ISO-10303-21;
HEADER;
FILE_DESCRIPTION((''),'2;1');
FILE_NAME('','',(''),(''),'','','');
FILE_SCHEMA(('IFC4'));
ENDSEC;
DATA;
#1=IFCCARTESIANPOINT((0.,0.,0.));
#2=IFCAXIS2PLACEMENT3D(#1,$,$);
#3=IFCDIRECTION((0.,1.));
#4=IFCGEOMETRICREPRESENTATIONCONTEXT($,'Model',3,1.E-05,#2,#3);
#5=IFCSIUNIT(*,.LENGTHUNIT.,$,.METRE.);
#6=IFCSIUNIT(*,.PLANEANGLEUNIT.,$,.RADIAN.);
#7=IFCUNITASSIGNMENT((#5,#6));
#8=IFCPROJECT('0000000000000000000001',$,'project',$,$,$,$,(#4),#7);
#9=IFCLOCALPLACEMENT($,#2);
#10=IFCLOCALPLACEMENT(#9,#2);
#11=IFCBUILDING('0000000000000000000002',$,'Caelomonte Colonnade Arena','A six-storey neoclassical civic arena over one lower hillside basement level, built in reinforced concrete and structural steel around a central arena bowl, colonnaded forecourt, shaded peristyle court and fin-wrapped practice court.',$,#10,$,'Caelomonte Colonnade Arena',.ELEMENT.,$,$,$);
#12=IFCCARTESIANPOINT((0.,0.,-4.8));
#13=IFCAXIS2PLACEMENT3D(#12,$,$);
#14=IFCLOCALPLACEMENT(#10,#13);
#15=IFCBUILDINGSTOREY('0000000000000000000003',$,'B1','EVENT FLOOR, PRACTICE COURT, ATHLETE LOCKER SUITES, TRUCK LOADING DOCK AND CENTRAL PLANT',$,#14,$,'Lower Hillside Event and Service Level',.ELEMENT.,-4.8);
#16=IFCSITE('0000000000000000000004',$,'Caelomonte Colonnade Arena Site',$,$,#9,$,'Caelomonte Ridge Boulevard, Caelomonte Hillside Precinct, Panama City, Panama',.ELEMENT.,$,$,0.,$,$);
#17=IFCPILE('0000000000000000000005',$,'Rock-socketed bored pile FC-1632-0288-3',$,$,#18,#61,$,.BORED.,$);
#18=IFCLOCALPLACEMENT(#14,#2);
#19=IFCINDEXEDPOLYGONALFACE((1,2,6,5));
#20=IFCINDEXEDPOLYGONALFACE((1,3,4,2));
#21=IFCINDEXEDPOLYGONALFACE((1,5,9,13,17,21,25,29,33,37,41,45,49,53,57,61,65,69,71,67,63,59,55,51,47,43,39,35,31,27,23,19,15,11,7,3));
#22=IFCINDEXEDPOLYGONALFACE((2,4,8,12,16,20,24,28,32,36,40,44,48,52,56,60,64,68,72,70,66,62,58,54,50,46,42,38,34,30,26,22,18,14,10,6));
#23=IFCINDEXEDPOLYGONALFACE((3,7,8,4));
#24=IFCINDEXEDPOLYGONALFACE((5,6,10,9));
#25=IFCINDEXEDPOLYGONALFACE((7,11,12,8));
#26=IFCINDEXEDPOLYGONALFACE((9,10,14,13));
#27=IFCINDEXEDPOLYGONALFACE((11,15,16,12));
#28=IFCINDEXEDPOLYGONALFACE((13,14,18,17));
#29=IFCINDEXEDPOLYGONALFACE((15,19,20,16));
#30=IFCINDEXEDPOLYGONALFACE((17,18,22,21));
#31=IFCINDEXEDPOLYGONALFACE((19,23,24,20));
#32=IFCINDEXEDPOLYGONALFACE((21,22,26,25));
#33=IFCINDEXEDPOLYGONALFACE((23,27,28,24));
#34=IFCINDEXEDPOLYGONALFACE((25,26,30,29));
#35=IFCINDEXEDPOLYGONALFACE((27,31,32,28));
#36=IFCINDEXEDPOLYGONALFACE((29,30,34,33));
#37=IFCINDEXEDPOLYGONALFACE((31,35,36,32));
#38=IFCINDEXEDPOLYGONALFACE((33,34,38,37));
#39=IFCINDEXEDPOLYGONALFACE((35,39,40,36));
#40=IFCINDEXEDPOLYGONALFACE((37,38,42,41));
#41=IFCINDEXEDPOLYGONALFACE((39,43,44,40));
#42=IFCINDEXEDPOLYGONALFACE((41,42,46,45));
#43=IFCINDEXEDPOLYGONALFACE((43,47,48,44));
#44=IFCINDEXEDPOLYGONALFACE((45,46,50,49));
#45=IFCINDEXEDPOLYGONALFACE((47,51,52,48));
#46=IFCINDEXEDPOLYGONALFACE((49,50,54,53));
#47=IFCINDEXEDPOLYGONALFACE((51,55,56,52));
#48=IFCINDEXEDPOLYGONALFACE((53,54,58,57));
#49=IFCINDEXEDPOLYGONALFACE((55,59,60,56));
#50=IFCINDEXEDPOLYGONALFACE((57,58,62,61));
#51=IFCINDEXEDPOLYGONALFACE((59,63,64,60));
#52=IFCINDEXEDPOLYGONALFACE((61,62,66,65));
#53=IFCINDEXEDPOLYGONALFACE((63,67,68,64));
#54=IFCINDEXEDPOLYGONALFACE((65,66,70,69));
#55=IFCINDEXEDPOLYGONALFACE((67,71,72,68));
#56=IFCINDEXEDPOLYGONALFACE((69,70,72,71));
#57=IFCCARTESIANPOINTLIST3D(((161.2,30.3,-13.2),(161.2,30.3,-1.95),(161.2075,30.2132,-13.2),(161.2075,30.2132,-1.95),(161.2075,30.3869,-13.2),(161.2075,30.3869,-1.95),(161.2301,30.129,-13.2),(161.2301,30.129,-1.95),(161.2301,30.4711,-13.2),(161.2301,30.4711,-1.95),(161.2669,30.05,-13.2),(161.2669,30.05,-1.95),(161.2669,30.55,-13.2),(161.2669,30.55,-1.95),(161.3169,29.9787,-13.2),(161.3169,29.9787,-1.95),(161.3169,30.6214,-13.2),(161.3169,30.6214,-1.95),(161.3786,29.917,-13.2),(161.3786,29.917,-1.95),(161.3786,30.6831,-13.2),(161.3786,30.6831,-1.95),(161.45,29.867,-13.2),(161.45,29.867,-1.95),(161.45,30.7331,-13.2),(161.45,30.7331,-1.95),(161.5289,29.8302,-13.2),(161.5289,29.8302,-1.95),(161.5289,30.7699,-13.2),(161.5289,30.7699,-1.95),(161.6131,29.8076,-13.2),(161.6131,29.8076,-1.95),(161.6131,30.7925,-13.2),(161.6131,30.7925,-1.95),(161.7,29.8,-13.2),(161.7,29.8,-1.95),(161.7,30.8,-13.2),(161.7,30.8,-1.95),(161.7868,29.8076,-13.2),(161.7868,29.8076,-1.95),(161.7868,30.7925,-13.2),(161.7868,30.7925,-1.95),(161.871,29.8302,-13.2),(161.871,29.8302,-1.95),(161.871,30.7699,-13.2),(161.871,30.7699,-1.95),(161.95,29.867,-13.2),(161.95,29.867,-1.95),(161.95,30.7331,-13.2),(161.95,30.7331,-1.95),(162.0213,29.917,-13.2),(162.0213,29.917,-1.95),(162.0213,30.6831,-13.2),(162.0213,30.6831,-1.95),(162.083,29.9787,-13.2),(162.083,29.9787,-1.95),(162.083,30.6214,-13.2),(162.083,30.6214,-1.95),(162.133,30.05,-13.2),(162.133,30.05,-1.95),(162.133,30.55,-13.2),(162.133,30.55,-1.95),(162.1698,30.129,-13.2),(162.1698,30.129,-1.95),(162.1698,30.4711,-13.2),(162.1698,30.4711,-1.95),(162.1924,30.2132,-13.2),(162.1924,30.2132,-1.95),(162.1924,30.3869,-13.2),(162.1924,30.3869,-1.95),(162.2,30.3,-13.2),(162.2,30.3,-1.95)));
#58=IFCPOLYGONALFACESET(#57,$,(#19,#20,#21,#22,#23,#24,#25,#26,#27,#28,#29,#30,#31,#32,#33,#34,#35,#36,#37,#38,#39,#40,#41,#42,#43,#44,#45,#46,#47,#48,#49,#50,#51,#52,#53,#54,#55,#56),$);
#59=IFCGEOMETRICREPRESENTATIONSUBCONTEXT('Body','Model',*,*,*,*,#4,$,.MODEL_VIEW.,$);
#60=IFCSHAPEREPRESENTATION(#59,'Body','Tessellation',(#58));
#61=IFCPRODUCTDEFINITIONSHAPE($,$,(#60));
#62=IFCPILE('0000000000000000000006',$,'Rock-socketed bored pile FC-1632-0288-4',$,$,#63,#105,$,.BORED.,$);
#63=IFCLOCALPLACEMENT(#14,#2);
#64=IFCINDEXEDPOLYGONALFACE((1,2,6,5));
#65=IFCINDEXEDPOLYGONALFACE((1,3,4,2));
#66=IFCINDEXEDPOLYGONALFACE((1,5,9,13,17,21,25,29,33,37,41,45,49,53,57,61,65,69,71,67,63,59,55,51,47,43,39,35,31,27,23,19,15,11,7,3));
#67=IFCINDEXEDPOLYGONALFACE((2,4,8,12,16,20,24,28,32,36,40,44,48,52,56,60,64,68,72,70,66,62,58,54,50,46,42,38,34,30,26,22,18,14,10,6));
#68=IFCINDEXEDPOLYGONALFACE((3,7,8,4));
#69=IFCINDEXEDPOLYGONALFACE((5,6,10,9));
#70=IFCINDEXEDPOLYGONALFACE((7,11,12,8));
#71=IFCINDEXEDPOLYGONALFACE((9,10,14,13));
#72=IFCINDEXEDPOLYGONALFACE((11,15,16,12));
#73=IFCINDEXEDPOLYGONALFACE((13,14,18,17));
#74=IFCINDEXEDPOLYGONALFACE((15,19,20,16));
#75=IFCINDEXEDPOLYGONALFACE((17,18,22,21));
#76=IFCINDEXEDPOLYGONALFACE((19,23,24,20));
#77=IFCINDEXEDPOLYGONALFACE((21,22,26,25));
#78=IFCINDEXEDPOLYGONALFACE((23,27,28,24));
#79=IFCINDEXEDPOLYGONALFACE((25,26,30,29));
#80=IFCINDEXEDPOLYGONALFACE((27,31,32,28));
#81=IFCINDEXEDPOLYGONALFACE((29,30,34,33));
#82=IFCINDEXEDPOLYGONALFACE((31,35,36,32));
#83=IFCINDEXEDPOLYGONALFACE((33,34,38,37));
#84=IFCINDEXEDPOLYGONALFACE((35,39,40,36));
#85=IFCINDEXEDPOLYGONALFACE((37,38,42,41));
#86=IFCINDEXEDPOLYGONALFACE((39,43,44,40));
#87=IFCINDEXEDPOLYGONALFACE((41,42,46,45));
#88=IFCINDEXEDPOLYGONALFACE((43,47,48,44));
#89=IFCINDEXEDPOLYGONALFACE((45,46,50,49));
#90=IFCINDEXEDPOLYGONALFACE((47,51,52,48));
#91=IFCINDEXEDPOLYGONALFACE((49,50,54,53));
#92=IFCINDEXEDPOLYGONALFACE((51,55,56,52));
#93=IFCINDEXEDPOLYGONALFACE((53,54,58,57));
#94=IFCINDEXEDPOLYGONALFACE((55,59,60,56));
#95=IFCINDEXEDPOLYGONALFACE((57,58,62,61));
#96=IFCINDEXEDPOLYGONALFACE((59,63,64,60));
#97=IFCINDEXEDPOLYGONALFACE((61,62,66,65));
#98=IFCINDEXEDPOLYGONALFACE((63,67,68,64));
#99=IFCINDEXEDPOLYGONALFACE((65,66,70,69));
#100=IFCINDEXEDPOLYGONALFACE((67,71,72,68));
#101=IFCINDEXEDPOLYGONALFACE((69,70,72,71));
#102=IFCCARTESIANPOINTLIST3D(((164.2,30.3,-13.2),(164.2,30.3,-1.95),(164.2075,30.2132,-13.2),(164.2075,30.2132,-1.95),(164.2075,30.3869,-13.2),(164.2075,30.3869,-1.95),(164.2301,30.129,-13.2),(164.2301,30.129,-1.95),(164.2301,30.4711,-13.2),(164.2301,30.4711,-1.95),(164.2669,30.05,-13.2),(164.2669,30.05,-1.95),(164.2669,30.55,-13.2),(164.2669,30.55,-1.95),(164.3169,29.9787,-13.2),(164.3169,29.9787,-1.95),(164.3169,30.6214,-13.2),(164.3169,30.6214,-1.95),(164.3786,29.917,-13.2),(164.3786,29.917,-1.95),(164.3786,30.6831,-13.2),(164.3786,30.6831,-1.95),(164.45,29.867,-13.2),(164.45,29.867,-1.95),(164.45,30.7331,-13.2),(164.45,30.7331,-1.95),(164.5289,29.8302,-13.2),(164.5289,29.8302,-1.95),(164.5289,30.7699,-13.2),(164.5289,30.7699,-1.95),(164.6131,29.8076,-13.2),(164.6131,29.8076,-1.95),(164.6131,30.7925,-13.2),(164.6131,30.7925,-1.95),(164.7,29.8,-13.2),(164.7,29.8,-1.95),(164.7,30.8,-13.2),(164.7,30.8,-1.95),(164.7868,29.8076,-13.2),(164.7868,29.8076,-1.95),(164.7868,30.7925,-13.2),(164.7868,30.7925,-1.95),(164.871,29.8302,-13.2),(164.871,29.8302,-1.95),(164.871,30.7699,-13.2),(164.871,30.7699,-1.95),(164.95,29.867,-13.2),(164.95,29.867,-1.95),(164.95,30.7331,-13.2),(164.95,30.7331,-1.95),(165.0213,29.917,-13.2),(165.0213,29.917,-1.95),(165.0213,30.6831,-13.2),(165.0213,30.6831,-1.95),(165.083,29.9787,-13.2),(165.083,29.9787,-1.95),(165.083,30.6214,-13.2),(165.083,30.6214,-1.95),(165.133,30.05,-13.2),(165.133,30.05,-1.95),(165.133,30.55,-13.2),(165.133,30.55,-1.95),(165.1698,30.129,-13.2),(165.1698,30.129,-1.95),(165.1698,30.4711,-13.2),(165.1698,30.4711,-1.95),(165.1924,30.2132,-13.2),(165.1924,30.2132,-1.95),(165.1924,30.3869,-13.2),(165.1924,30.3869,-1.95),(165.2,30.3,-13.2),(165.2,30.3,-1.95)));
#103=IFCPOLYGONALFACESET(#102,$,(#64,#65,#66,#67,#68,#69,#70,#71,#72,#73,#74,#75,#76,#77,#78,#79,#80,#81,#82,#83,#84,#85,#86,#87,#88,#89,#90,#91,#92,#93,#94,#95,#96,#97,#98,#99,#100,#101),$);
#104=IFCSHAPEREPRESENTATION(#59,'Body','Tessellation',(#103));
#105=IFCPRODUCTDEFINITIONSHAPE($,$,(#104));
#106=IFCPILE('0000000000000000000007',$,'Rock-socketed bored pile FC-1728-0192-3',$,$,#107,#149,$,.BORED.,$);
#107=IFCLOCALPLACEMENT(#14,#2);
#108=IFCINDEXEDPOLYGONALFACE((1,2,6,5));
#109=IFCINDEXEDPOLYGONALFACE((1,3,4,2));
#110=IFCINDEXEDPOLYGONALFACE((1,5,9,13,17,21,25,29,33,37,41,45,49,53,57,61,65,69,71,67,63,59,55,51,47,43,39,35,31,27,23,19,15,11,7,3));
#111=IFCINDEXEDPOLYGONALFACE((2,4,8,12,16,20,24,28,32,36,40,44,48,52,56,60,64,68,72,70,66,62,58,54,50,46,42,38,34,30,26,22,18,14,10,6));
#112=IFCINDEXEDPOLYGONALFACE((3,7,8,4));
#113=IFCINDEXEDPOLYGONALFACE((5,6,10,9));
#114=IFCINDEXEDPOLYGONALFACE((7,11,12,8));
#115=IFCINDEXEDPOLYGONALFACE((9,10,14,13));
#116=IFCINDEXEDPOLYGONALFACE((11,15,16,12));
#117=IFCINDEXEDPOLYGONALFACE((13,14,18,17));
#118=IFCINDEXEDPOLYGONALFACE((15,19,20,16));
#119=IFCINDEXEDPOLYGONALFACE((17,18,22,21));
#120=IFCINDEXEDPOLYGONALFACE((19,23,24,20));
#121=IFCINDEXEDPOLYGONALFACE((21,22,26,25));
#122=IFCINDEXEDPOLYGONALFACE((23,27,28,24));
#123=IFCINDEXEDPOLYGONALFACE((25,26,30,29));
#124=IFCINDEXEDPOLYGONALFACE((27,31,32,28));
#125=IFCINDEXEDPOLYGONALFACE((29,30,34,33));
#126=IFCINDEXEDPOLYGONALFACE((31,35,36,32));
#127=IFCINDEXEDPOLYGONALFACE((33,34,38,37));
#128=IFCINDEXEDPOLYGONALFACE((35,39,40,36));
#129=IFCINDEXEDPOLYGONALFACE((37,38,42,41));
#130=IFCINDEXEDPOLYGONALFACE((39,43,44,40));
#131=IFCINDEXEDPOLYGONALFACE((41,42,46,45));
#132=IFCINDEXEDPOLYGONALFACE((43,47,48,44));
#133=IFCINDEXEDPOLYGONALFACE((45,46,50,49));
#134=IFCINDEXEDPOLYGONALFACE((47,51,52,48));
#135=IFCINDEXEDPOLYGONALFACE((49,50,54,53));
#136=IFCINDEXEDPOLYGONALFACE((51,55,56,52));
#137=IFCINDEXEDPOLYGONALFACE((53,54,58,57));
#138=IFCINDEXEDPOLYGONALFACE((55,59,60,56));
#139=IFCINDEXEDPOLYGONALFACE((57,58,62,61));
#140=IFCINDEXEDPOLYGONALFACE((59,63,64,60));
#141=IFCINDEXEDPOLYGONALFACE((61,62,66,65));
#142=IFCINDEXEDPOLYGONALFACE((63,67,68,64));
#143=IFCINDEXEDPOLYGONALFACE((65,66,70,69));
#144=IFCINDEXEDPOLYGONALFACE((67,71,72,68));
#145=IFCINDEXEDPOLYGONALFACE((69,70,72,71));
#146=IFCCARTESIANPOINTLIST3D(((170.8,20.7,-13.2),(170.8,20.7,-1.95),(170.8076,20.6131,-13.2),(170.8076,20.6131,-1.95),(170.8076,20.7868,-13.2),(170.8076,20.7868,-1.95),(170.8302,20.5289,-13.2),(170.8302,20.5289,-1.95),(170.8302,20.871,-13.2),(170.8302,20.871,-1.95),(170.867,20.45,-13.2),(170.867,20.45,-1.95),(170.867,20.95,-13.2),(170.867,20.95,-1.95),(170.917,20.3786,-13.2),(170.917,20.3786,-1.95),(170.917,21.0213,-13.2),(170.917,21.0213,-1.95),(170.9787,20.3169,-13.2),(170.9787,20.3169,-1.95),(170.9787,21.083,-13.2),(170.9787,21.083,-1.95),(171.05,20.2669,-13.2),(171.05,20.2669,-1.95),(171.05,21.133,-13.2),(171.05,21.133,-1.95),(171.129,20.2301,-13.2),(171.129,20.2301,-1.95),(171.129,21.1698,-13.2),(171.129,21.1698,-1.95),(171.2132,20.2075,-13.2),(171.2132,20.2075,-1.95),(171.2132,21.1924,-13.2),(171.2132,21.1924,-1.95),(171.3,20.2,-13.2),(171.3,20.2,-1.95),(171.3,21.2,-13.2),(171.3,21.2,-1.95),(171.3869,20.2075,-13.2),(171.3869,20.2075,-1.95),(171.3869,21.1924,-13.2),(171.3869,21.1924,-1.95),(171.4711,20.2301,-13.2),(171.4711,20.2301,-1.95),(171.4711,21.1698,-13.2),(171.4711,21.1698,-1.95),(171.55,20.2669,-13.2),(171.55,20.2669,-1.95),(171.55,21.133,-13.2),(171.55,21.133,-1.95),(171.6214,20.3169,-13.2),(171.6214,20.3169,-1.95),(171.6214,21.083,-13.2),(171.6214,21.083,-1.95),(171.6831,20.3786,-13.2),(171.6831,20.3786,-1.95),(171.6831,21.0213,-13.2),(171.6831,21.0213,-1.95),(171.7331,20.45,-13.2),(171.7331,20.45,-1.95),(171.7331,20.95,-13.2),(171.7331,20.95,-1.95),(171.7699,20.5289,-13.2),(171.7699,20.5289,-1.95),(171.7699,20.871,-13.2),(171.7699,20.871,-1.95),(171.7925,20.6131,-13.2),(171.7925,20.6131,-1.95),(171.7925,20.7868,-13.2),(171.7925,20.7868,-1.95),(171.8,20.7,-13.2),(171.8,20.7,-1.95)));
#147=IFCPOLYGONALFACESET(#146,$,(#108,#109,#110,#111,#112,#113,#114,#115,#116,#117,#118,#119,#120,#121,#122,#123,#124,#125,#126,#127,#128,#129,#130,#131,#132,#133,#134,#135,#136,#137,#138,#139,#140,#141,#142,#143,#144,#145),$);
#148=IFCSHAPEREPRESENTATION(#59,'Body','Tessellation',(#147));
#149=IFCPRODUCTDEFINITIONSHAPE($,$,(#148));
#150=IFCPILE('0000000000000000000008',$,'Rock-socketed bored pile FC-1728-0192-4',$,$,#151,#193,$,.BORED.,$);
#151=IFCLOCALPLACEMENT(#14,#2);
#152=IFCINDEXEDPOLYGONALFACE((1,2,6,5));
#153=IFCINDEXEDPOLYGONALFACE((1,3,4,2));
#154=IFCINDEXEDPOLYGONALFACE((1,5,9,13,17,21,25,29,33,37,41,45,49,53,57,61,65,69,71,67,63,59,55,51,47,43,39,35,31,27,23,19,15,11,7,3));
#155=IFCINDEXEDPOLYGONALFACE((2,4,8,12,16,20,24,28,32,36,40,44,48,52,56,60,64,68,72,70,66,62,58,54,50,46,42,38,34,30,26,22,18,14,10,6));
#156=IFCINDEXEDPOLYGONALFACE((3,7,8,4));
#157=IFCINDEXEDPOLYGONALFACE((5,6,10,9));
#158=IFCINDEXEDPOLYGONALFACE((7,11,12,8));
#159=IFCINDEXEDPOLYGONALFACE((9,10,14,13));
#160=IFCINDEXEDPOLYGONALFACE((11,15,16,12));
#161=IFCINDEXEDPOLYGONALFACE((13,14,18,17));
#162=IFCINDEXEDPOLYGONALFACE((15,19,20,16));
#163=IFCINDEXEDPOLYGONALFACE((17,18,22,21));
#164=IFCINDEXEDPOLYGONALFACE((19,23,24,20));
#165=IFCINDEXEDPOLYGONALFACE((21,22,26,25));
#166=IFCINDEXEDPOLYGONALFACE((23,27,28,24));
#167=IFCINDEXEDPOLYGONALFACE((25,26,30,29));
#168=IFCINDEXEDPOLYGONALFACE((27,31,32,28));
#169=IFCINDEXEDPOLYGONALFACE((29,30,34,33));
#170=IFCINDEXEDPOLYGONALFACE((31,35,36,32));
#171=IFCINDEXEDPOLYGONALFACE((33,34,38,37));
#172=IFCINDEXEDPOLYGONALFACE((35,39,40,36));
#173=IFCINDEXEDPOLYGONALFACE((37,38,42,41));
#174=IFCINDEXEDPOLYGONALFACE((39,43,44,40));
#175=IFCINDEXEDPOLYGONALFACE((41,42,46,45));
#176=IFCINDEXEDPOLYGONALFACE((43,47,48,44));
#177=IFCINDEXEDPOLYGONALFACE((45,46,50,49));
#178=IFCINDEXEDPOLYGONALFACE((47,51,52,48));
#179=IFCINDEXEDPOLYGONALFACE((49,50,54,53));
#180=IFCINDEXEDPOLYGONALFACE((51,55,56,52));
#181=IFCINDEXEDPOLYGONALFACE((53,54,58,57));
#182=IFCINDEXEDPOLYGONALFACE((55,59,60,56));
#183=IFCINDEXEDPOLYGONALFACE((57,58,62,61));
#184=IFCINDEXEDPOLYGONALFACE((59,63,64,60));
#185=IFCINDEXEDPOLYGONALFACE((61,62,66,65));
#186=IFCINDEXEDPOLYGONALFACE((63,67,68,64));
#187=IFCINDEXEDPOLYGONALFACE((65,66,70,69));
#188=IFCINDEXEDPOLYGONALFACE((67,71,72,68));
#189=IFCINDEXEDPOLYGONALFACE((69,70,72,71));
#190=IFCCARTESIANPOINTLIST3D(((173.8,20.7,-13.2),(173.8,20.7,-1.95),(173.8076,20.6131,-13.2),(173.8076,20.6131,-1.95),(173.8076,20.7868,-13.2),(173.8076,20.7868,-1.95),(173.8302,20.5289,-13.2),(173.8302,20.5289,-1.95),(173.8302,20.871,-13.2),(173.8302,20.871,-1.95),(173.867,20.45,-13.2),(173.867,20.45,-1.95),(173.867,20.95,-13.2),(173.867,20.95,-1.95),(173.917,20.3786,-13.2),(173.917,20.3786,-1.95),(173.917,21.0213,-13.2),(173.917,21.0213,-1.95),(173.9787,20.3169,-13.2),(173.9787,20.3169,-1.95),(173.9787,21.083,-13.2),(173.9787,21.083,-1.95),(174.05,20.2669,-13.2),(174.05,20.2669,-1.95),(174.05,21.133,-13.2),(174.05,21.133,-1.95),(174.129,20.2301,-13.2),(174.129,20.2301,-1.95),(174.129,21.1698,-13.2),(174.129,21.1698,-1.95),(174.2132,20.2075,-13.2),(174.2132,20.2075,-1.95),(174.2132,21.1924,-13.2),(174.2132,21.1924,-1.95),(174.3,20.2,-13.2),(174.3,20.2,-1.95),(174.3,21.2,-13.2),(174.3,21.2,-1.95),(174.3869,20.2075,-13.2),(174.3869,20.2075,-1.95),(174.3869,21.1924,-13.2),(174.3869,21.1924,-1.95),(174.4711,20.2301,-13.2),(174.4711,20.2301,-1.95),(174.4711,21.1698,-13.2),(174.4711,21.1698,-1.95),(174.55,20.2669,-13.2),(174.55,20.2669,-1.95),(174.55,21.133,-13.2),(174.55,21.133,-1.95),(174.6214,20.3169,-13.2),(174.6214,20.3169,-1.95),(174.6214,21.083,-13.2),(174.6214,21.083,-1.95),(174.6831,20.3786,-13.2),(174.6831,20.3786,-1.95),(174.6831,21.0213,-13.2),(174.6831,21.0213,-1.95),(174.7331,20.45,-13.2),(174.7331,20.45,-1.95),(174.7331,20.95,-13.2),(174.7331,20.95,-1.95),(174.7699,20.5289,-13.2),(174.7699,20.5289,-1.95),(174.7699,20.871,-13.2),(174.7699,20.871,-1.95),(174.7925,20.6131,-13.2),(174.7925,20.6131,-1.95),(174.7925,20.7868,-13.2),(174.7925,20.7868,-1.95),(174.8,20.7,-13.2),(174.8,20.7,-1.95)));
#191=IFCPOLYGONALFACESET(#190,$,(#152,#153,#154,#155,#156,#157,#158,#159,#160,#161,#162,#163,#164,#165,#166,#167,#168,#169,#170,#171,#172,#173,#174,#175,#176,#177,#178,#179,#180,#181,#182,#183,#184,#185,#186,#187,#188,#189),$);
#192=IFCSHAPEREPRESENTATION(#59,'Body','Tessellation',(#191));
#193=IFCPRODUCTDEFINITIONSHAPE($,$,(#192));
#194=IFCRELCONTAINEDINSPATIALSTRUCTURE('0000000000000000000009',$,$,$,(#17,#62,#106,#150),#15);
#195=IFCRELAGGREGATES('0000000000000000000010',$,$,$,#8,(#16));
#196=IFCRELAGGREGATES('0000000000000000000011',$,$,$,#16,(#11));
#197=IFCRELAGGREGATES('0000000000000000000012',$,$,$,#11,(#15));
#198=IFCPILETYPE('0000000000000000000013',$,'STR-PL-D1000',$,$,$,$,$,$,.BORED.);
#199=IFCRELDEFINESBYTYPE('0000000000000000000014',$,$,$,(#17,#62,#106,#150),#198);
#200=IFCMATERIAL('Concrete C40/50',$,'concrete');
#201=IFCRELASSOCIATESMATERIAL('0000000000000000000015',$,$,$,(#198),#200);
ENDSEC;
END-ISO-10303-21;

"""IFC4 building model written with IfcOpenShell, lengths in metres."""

from ifc_helpers import new_model, si_unit, direction, frame, origin, origin_2d, place, context, subcontext, project, spatial, circle, extrude, material, material_profile, profile_set, type_object, element, save


model = new_model("IFC4")

# Units and contexts
model_context = context("Model", 3, precision=1e-05, world=origin(), true_north=direction((0.0, 1.0)))
body_context = subcontext(model_context, "Body", "Model", "MODEL_VIEW")
ifc_project = project(units=[si_unit("LENGTHUNIT", "METRE"), si_unit("PLANEANGLEUNIT", "RADIAN")], contexts=[model_context])

# Site, building, storey
site_placement = place(None, origin())
site = spatial("IfcSite", under=ifc_project, at=site_placement, Name="Caelomonte Colonnade Arena Site", LongName="Caelomonte Ridge Boulevard, Caelomonte Hillside Precinct, Panama City, Panama", CompositionType="ELEMENT", RefElevation=0.0)
building_placement = place(site_placement, origin())
building = spatial("IfcBuilding", under=site, at=building_placement, Name="Caelomonte Colonnade Arena", Description="A six-storey neoclassical civic arena over one lower hillside basement level, built in reinforced concrete and structural steel around a central arena bowl, colonnaded forecourt, shaded peristyle court and fin-wrapped practice court.", LongName="Caelomonte Colonnade Arena", CompositionType="ELEMENT")
storey_placement = place(building_placement, frame((0.0, 0.0, -4.8)))
storey = spatial("IfcBuildingStorey", under=building, at=storey_placement, Name="B1", Description="EVENT FLOOR, PRACTICE COURT, ATHLETE LOCKER SUITES, TRUCK LOADING DOCK AND CENTRAL PLANT", LongName="Lower Hillside Event and Service Level", CompositionType="ELEMENT", Elevation=-4.8)

# Shared definitions
ifc_material_1 = material(Name="Concrete C40/50", Category="concrete")

# Piles
ifc_material_profile_1 = material_profile(ifc_material_1, circle(Radius=0.5, at=origin_2d()), Name="PILE-D1000")
ifc_profile_set_1 = profile_set([ifc_material_profile_1], Name="Concrete C40/50")
pile_type_1 = type_object("IfcPileType", Name="STR-PL-D1000", PredefinedType="BORED", material=ifc_profile_set_1)
for number, where, z_axis, x_axis, name in (
    (1, (161.7, 30.3, -1.95), (0.0, 0.0, -1.0), (1.0, 0.0, 0.0), "Rock-socketed bored pile FC-1632-0288-3"),
    (2, (164.7, 30.3, -1.95), (0.0, 0.0, -1.0), (1.0, 0.0, 0.0), "Rock-socketed bored pile FC-1632-0288-4"),
    (3, (171.3, 20.7, -1.95), (0.0, 0.0, -1.0), (1.0, 0.0, 0.0), "Rock-socketed bored pile FC-1728-0192-3"),
    (4, (174.3, 20.7, -1.95), (0.0, 0.0, -1.0), (1.0, 0.0, 0.0), "Rock-socketed bored pile FC-1728-0192-4"),
):
    element("IfcPile", number, at=place(storey_placement, frame(where, z_axis=z_axis, x_axis=x_axis)), inside=storey, type_object=pile_type_1, Name=name, PredefinedType="BORED", context=body_context, shape_type="SweptSolid", body=[
        extrude(circle(Radius=0.5, at=origin_2d()), origin(), (0.0, 0.0, 1.0), 11.25),
    ])

save(model, "model.ifc")
